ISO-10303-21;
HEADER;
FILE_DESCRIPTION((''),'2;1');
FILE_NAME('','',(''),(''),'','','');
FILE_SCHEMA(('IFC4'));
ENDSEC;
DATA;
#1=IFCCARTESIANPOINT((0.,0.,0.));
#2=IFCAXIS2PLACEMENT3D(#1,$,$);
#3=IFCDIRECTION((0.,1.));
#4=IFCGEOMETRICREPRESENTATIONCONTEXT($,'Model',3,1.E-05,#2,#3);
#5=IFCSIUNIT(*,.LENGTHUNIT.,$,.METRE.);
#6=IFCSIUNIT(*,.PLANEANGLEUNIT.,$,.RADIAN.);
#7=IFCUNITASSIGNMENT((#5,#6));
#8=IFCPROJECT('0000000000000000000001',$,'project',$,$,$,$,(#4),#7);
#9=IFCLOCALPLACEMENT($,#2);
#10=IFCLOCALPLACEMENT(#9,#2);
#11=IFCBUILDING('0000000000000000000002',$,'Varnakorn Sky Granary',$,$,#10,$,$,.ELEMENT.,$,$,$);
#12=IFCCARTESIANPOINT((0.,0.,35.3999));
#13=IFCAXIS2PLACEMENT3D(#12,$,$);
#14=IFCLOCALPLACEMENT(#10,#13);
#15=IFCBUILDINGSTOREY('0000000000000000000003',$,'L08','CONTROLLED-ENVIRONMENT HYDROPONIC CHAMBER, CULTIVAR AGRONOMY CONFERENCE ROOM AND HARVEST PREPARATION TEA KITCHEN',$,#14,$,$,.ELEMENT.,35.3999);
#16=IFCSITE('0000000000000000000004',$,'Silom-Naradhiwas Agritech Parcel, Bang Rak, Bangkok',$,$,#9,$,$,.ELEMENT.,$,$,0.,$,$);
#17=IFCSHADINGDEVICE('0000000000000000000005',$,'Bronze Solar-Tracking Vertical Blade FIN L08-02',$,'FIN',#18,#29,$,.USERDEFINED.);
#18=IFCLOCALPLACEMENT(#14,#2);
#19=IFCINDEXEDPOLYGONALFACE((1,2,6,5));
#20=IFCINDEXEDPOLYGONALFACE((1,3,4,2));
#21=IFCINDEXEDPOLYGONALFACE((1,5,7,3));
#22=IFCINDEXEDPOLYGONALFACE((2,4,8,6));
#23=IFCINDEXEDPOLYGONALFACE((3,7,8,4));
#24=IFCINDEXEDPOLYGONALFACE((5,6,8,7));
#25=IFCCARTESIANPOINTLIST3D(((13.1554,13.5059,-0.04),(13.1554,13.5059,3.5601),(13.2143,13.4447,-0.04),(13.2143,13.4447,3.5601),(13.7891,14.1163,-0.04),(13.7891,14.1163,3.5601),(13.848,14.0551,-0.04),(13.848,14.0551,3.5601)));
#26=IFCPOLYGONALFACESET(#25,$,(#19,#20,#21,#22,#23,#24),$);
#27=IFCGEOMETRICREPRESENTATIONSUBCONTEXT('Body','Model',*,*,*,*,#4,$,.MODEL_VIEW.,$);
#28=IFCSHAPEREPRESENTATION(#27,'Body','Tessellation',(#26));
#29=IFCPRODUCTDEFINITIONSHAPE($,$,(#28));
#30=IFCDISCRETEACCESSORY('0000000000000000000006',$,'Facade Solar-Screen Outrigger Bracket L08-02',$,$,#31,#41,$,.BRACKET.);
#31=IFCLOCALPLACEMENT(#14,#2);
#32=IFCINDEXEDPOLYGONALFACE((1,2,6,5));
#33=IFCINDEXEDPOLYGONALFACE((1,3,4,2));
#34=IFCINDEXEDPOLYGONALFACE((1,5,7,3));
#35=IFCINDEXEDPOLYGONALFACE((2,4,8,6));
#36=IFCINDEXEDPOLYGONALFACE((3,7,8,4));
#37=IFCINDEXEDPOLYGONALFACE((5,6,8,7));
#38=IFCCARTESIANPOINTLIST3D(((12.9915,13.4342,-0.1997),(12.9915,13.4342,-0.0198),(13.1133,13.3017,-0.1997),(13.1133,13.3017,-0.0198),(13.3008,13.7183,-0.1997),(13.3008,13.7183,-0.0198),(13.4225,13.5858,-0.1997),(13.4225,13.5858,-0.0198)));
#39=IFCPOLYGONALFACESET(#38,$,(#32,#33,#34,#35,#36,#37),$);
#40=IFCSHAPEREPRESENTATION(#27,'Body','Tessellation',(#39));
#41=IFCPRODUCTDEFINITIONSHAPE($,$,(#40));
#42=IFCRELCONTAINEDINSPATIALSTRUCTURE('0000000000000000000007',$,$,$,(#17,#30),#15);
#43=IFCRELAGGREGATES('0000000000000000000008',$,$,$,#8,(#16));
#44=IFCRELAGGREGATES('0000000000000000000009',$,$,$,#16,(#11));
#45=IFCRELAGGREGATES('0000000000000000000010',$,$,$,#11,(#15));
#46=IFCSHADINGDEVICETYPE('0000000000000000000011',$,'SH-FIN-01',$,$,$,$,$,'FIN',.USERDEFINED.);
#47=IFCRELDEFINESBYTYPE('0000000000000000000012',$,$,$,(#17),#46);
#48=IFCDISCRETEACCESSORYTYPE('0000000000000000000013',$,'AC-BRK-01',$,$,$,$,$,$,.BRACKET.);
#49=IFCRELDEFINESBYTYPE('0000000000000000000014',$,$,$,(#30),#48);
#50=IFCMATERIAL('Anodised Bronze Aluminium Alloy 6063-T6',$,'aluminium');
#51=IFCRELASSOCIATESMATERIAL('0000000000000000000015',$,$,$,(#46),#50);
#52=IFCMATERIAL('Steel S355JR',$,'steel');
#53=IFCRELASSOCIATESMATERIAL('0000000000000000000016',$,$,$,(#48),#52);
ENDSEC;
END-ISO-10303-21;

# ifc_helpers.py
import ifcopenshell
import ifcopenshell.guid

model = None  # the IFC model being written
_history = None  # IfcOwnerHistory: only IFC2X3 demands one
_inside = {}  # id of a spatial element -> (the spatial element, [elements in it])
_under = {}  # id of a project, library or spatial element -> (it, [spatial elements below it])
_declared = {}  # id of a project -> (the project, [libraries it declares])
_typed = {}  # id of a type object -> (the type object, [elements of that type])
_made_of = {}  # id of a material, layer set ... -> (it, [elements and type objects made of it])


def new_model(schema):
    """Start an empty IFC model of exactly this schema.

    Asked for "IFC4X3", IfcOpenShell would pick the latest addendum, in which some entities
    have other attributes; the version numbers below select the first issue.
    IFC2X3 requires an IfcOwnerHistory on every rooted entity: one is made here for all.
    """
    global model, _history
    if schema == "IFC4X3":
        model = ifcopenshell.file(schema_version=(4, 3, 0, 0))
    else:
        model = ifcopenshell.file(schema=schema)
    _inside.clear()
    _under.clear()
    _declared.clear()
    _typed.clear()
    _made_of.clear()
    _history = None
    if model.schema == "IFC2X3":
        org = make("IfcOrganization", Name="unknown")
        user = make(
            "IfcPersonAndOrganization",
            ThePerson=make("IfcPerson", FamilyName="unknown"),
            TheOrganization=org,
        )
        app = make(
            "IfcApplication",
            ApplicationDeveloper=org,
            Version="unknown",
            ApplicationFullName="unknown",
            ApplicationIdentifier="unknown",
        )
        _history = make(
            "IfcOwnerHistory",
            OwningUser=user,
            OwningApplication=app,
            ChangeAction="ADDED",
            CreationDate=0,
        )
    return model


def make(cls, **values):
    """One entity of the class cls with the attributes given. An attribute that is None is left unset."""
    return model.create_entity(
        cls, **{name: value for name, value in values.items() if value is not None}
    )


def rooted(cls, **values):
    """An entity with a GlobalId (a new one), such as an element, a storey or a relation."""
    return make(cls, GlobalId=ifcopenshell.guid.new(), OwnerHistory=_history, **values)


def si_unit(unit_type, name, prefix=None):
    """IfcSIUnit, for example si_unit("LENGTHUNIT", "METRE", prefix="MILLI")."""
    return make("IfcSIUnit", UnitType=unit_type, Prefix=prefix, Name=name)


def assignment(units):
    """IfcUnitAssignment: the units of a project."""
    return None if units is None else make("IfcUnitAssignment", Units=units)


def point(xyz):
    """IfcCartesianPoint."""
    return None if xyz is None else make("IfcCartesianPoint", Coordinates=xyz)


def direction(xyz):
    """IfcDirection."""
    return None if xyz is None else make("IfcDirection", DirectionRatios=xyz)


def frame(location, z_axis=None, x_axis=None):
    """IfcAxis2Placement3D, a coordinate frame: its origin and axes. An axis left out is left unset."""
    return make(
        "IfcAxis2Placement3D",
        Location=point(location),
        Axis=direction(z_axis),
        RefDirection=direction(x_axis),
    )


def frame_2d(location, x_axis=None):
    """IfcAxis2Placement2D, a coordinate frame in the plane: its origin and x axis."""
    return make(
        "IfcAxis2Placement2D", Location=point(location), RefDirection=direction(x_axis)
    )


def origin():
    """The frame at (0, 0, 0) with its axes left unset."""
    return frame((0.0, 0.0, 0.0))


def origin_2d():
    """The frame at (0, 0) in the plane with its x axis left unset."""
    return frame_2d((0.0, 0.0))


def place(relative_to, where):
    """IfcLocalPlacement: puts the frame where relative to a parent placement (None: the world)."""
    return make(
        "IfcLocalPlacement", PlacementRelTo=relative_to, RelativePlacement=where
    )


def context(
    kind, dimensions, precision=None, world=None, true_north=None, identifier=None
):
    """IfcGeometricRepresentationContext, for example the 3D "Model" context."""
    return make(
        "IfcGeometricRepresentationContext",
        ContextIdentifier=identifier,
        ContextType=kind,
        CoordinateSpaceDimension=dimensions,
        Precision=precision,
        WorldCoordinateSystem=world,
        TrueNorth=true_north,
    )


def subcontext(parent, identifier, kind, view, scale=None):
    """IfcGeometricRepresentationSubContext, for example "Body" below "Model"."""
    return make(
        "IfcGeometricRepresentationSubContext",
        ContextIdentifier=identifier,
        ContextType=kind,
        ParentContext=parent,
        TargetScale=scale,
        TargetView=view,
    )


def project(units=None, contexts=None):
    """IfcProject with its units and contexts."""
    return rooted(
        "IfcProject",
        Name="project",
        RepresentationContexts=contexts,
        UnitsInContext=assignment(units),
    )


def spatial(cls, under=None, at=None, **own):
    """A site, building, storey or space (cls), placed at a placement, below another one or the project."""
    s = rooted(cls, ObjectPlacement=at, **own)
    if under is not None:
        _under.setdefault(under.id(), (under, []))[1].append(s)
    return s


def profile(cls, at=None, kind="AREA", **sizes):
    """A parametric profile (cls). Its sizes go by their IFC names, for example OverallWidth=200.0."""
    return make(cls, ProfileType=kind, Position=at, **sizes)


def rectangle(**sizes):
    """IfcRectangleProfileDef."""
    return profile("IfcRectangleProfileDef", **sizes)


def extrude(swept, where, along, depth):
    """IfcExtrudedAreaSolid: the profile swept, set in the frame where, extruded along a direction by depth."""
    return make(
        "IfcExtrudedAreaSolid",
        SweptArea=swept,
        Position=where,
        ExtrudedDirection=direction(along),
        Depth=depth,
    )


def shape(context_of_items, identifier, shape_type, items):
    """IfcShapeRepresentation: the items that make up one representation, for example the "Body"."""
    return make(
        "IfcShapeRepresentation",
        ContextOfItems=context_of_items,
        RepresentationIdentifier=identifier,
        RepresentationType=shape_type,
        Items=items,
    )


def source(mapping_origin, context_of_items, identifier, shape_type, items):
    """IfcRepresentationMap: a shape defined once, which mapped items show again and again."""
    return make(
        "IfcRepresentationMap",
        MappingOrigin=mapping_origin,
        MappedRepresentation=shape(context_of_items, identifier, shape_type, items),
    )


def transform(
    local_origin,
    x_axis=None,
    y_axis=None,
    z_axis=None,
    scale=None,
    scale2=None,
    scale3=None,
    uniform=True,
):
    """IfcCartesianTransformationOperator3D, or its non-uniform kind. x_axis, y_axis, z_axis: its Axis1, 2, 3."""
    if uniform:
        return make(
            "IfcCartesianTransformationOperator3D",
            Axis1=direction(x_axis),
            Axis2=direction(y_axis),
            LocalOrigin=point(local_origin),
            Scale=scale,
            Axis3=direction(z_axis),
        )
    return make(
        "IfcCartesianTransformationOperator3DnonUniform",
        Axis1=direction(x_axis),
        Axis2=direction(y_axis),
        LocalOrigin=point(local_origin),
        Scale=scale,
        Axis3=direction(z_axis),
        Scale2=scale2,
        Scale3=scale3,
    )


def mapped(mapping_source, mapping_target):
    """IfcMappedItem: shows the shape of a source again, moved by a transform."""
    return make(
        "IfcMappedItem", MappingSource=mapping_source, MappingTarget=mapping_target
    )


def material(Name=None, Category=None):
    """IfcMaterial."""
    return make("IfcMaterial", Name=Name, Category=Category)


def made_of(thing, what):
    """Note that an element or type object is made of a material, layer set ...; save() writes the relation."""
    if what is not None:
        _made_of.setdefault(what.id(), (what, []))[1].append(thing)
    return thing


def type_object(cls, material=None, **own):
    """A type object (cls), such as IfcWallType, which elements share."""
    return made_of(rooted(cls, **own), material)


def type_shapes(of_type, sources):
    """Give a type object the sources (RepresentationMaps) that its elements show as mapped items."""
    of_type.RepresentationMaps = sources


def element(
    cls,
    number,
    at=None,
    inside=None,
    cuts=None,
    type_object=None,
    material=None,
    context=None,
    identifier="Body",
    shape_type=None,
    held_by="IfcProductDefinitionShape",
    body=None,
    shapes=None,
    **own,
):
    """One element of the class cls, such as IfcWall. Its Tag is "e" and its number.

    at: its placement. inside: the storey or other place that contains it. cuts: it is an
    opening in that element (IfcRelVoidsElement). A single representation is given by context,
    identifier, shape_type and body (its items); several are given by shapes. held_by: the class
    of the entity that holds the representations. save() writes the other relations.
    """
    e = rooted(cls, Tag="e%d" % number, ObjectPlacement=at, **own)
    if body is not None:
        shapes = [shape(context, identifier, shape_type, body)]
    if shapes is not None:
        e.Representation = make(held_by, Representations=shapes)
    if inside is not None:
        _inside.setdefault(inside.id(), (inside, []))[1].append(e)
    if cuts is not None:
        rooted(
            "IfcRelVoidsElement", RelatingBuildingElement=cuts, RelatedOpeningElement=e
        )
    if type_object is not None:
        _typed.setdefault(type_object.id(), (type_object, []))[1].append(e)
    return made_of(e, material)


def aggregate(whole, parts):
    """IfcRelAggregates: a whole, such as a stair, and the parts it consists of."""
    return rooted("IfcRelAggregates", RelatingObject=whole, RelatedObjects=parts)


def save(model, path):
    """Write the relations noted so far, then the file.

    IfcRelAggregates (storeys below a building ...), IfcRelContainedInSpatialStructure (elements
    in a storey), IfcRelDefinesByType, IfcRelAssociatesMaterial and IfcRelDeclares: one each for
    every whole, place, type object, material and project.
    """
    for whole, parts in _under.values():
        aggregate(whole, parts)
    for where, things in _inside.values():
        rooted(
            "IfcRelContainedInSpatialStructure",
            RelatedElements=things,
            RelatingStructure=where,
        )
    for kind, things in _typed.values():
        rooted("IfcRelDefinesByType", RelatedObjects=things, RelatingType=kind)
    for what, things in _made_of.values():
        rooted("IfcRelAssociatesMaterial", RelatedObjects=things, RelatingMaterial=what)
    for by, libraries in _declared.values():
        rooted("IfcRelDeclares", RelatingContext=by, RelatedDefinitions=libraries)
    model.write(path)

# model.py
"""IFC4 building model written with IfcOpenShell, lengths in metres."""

from ifc_helpers import new_model, si_unit, direction, frame, origin, origin_2d, place, context, subcontext, project, spatial, rectangle, extrude, source, transform, mapped, material, type_object, type_shapes, element, save


model = new_model("IFC4")

# Units and contexts
model_context = context("Model", 3, precision=1e-05, world=origin(), true_north=direction((0.0, 1.0)))
body_context = subcontext(model_context, "Body", "Model", "MODEL_VIEW")
ifc_project = project(units=[si_unit("LENGTHUNIT", "METRE"), si_unit("PLANEANGLEUNIT", "RADIAN")], contexts=[model_context])

# Site, building, storey
site_placement = place(None, origin())
site = spatial("IfcSite", under=ifc_project, at=site_placement, Name="Silom-Naradhiwas Agritech Parcel, Bang Rak, Bangkok", CompositionType="ELEMENT", RefElevation=0.0)
building_placement = place(site_placement, origin())
building = spatial("IfcBuilding", under=site, at=building_placement, Name="Varnakorn Sky Granary", CompositionType="ELEMENT")
storey_placement = place(building_placement, frame((0.0, 0.0, 35.3999)))
storey = spatial("IfcBuildingStorey", under=building, at=storey_placement, Name="L08", Description="CONTROLLED-ENVIRONMENT HYDROPONIC CHAMBER, CULTIVAR AGRONOMY CONFERENCE ROOM AND HARVEST PREPARATION TEA KITCHEN", CompositionType="ELEMENT", Elevation=35.3999)

# Shared definitions
ifc_material_1 = material(Name="Steel S355JR", Category="steel")

# Shared definitions
ifc_material_2 = material(Name="Anodised Bronze Aluminium Alloy 6063-T6", Category="aluminium")

# Shading device
shading_device_type = type_object("IfcShadingDeviceType", Name="SH-FIN-01", ElementType="FIN", PredefinedType="USERDEFINED", material=ifc_material_2)
shared_shape_1 = source(origin(), body_context, "Body", "SweptSolid", [
    extrude(rectangle(XDim=0.085, YDim=0.8799, at=origin_2d()), origin(), (0.0, 0.0, 1.0), 3.6001),
])
type_shapes(shading_device_type, [shared_shape_1])
shading_device_placement = place(storey_placement, frame((13.5017, 13.7805, -0.04), z_axis=(0.0, 0.0, 1.0), x_axis=(-0.693726, 0.720239, 0.0)))
element("IfcShadingDevice", 1, at=shading_device_placement, inside=storey, type_object=shading_device_type, Name="Bronze Solar-Tracking Vertical Blade FIN L08-02", ObjectType="FIN", PredefinedType="USERDEFINED", context=body_context, shape_type="MappedRepresentation", body=[
    mapped(shared_shape_1, transform((0.0, 0.0, 0.0), x_axis=(1.0, 0.0, 0.0), y_axis=(0.0, 1.0, 0.0), z_axis=(0.0, 0.0, 1.0), scale=1.0)),
])

# Discrete accessory
discrete_accessory_type = type_object("IfcDiscreteAccessoryType", Name="AC-BRK-01", PredefinedType="BRACKET", material=ifc_material_1)
shared_shape_2 = source(origin(), body_context, "Body", "SweptSolid", [
    extrude(rectangle(XDim=0.1799, YDim=0.4199, at=origin_2d()), origin(), (0.0, 0.0, 1.0), 0.1799),
])
type_shapes(discrete_accessory_type, [shared_shape_2])
discrete_accessory_placement = place(storey_placement, frame((13.207, 13.51, -0.1997), z_axis=(0.0, 0.0, 1.0), x_axis=(-0.676497, 0.736445, 0.0)))
element("IfcDiscreteAccessory", 2, at=discrete_accessory_placement, inside=storey, type_object=discrete_accessory_type, Name="Facade Solar-Screen Outrigger Bracket L08-02", PredefinedType="BRACKET", context=body_context, shape_type="MappedRepresentation", body=[
    mapped(shared_shape_2, transform((0.0, 0.0, 0.0), x_axis=(1.0, 0.0, 0.0), y_axis=(0.0, 1.0, 0.0), z_axis=(0.0, 0.0, 1.0), scale=1.0)),
])

save(model, "model.ifc")
